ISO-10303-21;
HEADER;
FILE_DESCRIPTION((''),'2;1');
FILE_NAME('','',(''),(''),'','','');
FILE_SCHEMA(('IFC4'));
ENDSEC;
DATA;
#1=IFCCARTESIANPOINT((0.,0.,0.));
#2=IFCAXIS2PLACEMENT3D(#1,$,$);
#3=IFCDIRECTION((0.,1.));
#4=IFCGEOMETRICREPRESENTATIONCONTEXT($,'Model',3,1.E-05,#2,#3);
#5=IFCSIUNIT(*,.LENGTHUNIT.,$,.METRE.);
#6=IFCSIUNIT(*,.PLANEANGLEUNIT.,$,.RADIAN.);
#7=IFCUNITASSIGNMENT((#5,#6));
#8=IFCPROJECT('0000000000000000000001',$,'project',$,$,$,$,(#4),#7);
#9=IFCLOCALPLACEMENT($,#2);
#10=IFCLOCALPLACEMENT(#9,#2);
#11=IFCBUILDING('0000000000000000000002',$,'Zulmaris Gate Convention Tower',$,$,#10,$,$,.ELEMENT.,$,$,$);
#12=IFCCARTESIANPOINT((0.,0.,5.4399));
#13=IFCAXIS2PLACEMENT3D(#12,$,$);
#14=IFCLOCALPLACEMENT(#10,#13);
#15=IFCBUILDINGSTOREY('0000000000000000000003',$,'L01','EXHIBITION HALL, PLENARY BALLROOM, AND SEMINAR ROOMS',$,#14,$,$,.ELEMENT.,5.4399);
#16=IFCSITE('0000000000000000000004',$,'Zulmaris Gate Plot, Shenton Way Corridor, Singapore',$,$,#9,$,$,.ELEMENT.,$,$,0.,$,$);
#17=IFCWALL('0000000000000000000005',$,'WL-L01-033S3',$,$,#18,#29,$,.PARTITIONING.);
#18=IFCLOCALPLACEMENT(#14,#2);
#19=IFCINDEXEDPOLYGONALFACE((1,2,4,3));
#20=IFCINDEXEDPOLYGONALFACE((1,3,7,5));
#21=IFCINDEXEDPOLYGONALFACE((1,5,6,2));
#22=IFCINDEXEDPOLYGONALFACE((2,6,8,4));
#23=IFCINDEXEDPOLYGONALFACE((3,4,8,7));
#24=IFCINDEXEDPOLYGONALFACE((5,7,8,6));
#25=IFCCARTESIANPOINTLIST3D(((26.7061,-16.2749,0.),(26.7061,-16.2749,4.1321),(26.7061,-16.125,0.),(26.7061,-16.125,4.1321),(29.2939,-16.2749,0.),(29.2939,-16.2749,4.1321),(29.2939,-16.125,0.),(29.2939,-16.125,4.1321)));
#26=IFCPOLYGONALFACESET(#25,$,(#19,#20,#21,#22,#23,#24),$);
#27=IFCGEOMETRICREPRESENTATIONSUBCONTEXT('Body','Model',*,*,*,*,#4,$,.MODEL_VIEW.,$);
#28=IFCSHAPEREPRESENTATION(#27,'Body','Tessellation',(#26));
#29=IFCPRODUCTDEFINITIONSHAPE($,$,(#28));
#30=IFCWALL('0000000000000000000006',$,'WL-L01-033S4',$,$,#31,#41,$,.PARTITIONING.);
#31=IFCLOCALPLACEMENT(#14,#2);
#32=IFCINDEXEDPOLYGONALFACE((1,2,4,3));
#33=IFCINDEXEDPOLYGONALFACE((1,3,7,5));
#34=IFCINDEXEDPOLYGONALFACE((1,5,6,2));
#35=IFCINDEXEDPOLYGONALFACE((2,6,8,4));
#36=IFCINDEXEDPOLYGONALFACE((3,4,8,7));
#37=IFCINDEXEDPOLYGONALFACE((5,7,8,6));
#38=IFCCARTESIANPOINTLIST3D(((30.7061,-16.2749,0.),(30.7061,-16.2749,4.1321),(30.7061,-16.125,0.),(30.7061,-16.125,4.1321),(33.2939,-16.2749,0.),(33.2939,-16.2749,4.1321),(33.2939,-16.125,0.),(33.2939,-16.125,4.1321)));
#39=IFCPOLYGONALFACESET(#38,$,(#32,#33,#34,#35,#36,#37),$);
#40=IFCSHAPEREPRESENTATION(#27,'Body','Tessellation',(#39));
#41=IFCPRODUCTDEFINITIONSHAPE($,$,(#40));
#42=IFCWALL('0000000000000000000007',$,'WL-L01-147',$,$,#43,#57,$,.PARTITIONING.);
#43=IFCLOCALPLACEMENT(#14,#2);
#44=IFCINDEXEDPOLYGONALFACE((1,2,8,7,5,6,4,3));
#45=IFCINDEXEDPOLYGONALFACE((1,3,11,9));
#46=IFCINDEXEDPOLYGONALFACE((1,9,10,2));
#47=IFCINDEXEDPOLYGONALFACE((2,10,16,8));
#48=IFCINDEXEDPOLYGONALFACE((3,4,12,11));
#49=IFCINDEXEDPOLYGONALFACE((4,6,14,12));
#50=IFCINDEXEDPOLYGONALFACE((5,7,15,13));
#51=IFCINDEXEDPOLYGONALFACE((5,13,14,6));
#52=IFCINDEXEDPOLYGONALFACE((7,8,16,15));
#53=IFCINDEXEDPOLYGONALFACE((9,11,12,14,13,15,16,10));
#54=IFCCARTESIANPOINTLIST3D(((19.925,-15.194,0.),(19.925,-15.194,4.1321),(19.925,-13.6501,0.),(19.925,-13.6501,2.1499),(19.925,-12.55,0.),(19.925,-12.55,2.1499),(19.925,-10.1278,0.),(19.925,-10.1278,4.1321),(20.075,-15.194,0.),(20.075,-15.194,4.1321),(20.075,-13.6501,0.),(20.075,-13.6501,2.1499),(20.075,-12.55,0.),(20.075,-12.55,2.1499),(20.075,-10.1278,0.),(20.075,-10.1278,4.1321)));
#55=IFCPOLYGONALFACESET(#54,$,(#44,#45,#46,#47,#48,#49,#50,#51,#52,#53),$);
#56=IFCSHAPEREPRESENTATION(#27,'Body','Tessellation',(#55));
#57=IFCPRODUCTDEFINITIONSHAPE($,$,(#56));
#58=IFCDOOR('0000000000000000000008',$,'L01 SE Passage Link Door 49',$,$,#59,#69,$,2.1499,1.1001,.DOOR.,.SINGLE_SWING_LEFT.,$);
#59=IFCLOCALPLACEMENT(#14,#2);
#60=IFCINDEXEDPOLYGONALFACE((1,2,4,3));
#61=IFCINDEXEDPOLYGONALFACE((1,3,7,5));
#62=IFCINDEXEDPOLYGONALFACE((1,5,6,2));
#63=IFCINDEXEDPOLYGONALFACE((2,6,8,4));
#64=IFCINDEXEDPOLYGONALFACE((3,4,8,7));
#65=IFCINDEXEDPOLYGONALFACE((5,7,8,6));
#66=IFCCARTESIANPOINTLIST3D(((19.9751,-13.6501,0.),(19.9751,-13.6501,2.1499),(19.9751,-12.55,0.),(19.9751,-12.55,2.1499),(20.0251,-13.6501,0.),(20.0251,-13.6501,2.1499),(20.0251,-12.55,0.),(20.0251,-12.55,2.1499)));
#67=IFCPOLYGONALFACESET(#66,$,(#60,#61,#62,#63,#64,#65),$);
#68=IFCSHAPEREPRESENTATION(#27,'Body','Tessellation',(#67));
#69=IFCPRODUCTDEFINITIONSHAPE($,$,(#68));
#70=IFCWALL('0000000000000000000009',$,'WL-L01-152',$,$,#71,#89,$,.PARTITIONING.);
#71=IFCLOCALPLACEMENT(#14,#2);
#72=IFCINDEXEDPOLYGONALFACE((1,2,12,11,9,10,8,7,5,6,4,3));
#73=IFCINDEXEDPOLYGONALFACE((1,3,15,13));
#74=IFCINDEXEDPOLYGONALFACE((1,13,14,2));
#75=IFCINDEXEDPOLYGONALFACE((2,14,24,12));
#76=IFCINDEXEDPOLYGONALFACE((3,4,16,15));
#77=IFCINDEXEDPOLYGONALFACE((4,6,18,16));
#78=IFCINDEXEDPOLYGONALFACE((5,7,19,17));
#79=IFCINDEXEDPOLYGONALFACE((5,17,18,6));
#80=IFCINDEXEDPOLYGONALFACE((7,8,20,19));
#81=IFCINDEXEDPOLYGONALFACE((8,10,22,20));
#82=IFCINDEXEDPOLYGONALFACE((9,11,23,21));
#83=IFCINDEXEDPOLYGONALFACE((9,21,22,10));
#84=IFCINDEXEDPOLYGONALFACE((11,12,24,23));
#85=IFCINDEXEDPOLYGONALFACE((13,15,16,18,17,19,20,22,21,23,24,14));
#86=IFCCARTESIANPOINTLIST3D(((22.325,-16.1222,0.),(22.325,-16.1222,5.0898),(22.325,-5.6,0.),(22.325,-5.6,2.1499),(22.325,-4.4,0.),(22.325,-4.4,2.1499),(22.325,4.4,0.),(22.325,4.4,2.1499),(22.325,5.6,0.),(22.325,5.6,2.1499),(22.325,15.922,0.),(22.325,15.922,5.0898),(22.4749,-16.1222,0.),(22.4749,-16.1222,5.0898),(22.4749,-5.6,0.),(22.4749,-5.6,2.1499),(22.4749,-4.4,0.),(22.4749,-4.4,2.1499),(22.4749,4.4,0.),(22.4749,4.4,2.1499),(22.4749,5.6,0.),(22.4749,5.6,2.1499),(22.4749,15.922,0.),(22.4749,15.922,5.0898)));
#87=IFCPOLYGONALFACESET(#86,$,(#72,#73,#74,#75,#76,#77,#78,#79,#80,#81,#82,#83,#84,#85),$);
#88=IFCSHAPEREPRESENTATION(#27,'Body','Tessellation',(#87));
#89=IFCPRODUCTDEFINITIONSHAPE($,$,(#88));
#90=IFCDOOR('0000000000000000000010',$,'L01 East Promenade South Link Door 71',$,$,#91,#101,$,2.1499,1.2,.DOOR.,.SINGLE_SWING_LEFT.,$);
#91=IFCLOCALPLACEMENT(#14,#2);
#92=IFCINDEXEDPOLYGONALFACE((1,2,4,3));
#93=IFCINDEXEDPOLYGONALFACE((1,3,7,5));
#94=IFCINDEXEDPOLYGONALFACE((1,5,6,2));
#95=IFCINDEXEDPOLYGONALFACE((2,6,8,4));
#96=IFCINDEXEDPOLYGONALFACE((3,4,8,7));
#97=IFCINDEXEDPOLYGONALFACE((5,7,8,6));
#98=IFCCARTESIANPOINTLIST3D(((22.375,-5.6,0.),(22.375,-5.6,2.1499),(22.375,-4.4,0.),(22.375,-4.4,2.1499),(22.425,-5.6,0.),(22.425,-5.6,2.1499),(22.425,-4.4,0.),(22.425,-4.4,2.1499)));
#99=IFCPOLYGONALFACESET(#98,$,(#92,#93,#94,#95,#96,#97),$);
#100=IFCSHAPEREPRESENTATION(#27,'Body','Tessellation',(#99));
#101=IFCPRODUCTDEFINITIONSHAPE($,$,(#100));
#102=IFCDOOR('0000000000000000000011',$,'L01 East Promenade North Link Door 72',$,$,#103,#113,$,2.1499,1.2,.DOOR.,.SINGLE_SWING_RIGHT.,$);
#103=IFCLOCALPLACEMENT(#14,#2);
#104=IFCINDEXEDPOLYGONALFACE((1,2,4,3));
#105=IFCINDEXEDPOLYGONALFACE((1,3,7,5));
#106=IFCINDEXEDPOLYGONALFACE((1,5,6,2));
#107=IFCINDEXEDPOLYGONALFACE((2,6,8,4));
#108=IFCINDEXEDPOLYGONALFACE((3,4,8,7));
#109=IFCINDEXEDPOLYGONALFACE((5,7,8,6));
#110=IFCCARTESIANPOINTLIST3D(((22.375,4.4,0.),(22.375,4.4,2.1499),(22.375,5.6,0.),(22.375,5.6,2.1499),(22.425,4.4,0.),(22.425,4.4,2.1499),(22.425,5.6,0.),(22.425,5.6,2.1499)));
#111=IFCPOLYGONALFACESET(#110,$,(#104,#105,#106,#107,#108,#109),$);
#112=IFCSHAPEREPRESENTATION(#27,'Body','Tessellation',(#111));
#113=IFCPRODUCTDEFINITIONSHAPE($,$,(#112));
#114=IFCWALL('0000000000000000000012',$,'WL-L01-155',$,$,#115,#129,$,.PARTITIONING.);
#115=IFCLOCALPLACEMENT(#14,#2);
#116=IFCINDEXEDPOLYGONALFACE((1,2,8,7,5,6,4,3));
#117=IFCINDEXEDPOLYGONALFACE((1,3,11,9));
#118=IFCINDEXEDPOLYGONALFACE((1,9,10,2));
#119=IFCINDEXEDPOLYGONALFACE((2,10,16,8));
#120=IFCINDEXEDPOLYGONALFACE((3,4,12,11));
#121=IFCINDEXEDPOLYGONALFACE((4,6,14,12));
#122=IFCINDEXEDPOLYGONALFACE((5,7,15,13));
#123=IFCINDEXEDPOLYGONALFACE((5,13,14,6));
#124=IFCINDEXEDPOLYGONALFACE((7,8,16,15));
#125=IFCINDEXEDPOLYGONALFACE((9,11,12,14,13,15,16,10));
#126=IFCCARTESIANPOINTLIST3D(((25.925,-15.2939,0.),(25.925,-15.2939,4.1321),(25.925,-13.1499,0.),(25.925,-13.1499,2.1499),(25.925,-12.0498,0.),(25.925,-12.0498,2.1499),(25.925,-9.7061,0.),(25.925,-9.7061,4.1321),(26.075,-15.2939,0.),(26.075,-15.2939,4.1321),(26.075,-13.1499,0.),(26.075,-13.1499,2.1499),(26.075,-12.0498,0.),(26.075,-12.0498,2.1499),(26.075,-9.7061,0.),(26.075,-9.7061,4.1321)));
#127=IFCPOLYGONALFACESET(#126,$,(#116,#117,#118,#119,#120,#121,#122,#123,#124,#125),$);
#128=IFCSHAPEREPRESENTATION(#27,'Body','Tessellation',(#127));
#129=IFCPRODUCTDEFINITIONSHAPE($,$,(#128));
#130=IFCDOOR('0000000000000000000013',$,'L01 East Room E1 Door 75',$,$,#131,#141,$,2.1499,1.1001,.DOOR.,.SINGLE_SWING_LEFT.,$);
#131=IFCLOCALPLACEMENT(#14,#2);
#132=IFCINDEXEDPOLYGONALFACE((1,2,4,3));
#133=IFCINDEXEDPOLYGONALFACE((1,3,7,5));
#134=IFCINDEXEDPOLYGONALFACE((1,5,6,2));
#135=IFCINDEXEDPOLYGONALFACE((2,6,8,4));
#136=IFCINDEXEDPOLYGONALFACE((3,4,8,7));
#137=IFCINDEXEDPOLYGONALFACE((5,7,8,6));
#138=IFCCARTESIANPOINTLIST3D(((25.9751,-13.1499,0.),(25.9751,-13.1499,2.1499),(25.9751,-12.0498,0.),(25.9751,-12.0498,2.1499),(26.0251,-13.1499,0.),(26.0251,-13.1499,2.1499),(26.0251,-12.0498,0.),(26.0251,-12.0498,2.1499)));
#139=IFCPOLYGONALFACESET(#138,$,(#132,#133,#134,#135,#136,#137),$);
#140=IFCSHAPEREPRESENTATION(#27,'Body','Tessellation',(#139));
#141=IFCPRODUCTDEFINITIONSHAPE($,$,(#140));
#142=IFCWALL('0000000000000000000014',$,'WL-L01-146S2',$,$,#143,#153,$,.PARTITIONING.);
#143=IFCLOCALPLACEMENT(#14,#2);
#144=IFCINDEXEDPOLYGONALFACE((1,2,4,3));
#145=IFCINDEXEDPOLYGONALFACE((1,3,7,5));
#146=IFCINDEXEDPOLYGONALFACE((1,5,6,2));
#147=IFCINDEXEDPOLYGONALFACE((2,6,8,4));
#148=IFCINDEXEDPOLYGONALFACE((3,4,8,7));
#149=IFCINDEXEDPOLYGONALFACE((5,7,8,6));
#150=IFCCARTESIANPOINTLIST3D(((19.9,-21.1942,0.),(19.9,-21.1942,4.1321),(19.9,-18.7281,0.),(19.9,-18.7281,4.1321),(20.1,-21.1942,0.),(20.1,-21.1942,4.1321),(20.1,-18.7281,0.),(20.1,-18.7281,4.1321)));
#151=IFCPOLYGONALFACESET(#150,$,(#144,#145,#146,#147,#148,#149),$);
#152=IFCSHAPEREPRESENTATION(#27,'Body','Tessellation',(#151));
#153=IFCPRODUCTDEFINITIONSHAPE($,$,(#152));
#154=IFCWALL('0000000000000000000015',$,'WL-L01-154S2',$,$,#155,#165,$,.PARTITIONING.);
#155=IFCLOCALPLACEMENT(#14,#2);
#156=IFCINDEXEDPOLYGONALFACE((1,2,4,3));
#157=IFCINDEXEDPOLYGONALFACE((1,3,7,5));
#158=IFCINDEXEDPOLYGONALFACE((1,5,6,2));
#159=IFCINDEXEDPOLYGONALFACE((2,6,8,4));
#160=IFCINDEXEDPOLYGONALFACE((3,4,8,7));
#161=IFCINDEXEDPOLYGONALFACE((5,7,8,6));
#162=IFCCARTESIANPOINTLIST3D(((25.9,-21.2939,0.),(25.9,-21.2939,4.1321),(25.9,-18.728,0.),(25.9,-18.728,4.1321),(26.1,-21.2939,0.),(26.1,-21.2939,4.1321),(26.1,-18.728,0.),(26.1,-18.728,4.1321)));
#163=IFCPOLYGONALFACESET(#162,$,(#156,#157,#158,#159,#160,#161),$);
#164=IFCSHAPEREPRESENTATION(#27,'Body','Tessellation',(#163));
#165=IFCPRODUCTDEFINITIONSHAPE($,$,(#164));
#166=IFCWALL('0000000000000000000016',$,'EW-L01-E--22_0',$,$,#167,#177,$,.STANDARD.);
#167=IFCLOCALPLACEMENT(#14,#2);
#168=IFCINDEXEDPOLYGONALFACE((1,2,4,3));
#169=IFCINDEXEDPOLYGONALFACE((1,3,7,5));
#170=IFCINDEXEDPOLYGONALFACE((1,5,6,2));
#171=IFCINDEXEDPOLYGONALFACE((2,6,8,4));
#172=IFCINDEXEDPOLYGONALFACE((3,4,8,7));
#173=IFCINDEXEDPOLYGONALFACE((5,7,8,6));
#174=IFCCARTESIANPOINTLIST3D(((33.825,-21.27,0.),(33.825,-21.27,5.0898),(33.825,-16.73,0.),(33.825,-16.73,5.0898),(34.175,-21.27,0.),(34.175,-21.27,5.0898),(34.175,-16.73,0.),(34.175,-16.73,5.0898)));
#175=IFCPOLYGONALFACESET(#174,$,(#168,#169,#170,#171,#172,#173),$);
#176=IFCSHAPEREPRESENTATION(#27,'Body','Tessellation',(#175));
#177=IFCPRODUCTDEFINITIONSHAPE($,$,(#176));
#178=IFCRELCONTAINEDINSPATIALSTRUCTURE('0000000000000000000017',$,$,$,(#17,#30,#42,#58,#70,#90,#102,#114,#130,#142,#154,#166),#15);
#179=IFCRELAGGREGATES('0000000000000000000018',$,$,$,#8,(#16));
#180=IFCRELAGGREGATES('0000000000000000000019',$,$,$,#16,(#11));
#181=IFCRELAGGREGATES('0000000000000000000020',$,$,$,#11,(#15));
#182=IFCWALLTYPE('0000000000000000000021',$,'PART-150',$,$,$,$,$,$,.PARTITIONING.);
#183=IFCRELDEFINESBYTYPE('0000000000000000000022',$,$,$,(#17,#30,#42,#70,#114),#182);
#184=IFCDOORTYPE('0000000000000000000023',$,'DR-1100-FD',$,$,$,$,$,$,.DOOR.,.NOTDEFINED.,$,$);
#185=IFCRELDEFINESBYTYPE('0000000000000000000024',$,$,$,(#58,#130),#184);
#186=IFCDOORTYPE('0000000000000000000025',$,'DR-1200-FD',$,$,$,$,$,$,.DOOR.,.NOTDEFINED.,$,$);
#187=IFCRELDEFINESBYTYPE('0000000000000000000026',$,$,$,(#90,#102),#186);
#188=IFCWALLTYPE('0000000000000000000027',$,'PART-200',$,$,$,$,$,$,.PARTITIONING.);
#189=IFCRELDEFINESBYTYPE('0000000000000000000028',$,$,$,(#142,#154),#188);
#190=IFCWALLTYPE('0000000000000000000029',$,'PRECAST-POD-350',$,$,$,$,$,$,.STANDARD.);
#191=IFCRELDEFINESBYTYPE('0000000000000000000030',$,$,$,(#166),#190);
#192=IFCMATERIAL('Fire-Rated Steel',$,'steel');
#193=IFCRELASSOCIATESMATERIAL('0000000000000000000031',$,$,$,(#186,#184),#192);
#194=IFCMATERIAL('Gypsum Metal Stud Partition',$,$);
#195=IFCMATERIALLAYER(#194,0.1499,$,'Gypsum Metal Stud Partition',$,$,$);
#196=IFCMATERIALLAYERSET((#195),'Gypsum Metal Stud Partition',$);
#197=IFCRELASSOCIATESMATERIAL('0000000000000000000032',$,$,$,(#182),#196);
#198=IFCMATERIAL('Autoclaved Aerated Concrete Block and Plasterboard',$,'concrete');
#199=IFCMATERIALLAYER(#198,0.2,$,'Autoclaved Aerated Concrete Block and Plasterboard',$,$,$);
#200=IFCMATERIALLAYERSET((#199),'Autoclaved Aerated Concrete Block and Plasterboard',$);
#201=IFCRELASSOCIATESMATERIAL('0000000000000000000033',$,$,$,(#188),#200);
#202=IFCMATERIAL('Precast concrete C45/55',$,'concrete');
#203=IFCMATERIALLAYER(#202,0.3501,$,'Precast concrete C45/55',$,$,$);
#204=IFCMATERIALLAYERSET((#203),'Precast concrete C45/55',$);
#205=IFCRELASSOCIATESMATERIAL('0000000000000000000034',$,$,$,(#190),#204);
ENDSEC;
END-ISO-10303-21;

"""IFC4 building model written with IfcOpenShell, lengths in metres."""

from ifc_helpers import new_model, si_unit, direction, frame, frame_2d, origin, place, context, subcontext, project, spatial, rectangle, extrude, material, layer, layer_set, type_object, element, fill, save


model = new_model("IFC4")

# Units and contexts
model_context = context("Model", 3, precision=1e-05, world=origin(), true_north=direction((0.0, 1.0)))
body_context = subcontext(model_context, "Body", "Model", "MODEL_VIEW")
ifc_project = project(units=[si_unit("LENGTHUNIT", "METRE"), si_unit("PLANEANGLEUNIT", "RADIAN")], contexts=[model_context])

# Site, building, storey
site_placement = place(None, origin())
site = spatial("IfcSite", under=ifc_project, at=site_placement, Name="Zulmaris Gate Plot, Shenton Way Corridor, Singapore", CompositionType="ELEMENT", RefElevation=0.0)
building_placement = place(site_placement, origin())
building = spatial("IfcBuilding", under=site, at=building_placement, Name="Zulmaris Gate Convention Tower", CompositionType="ELEMENT")
storey_placement = place(building_placement, frame((0.0, 0.0, 5.4399)))
storey = spatial("IfcBuildingStorey", under=building, at=storey_placement, Name="L01", Description="EXHIBITION HALL, PLENARY BALLROOM, AND SEMINAR ROOMS", CompositionType="ELEMENT", Elevation=5.4399)

# Shared definitions
ifc_material_1 = material(Name="Fire-Rated Steel", Category="steel")
door_type_1 = type_object("IfcDoorType", Name="DR-1200-FD", OperationType="NOTDEFINED", PredefinedType="DOOR", material=ifc_material_1)

# Shared definitions
ifc_material_2 = material(Name="Gypsum Metal Stud Partition")
ifc_layer_1 = layer(ifc_material_2, 0.1499, Name="Gypsum Metal Stud Partition")
ifc_layer_set_1 = layer_set([ifc_layer_1], Name="Gypsum Metal Stud Partition")
wall_type_1 = type_object("IfcWallType", Name="PART-150", PredefinedType="PARTITIONING", material=ifc_layer_set_1)
door_type_2 = type_object("IfcDoorType", Name="DR-1100-FD", OperationType="NOTDEFINED", PredefinedType="DOOR", material=ifc_material_1)

# Walls
for number, where, z_axis, x_axis, name in (
    (1, (26.7061, -16.2, 0.0), (0.0, 0.0, 1.0), (1.0, 0.0, 0.0), "WL-L01-033S3"),
    (2, (30.7061, -16.2, 0.0), (0.0, 0.0, 1.0), (1.0, 0.0, 0.0), "WL-L01-033S4"),
):
    element("IfcWall", number, at=place(storey_placement, frame(where, z_axis=z_axis, x_axis=x_axis)), inside=storey, type_object=wall_type_1, Name=name, PredefinedType="PARTITIONING", context=body_context, shape_type="SweptSolid", body=[
        extrude(rectangle(XDim=2.5879, YDim=0.1499, at=frame_2d((1.2939, 0.0))), origin(), (0.0, 0.0, 1.0), 4.1321),
    ])

# Wall, opening, door
wall_1_placement = place(storey_placement, frame((20.0, -15.1941, 0.0), z_axis=(0.0, 0.0, 1.0), x_axis=(0.0, 1.0, 0.0)))
wall_1 = element("IfcWall", 3, at=wall_1_placement, inside=storey, type_object=wall_type_1, Name="WL-L01-147", PredefinedType="PARTITIONING", context=body_context, shape_type="SweptSolid", body=[
    extrude(rectangle(XDim=5.0662, YDim=0.1499, at=frame_2d((2.5332, 0.0))), origin(), (0.0, 0.0, 1.0), 4.1321),
])
opening_1_placement = place(wall_1_placement, frame((1.5439, 0.0, 0.0)))
opening_1 = element("IfcOpeningElement", 4, at=opening_1_placement, cuts=wall_1, PredefinedType="OPENING", context=body_context, shape_type="SweptSolid", body=[
    extrude(rectangle(XDim=1.1001, YDim=2.1499, at=frame_2d((0.55, 1.075))), frame((0.0, 0.085, 0.0), z_axis=(0.0, -1.0, 0.0), x_axis=(1.0, 0.0, 0.0)), (0.0, 0.0, 1.0), 0.1699),
])
door_1_placement = place(opening_1_placement, origin())
door_1 = element("IfcDoor", 5, at=door_1_placement, inside=storey, type_object=door_type_2, Name="L01 SE Passage Link Door 49", OperationType="SINGLE_SWING_LEFT", OverallHeight=2.1499, OverallWidth=1.1001, PredefinedType="DOOR", context=body_context, shape_type="SweptSolid", body=[
    extrude(rectangle(XDim=1.1001, YDim=2.1499, at=frame_2d((0.55, 1.075))), frame((0.0, 0.0249, 0.0), z_axis=(0.0, -1.0, 0.0), x_axis=(1.0, 0.0, 0.0)), (0.0, 0.0, 1.0), 0.05),
])
fill(opening_1, door_1)

# Wall, openings, doors
wall_2_placement = place(storey_placement, frame((22.3999, -16.1221, 0.0), z_axis=(0.0, 0.0, 1.0), x_axis=(0.0, 1.0, 0.0)))
wall_2 = element("IfcWall", 6, at=wall_2_placement, inside=storey, type_object=wall_type_1, Name="WL-L01-152", PredefinedType="PARTITIONING", context=body_context, shape_type="SweptSolid", body=[
    extrude(rectangle(XDim=32.0442, YDim=0.1499, at=frame_2d((16.022, 0.0))), origin(), (0.0, 0.0, 1.0), 5.0898),
])
opening_2_placement = place(wall_2_placement, frame((10.522, 0.0, 0.0)))
opening_2 = element("IfcOpeningElement", 7, at=opening_2_placement, cuts=wall_2, PredefinedType="OPENING", context=body_context, shape_type="SweptSolid", body=[
    extrude(rectangle(XDim=1.2, YDim=2.1499, at=frame_2d((0.6001, 1.075))), frame((0.0, 0.085, 0.0), z_axis=(0.0, -1.0, 0.0), x_axis=(1.0, 0.0, 0.0)), (0.0, 0.0, 1.0), 0.1699),
])
opening_3_placement = place(wall_2_placement, frame((20.522, 0.0, 0.0)))
opening_3 = element("IfcOpeningElement", 8, at=opening_3_placement, cuts=wall_2, PredefinedType="OPENING", context=body_context, shape_type="SweptSolid", body=[
    extrude(rectangle(XDim=1.2, YDim=2.1499, at=frame_2d((0.6001, 1.075))), frame((0.0, 0.085, 0.0), z_axis=(0.0, -1.0, 0.0), x_axis=(1.0, 0.0, 0.0)), (0.0, 0.0, 1.0), 0.1699),
])
door_2_placement = place(opening_2_placement, origin())
door_2 = element("IfcDoor", 9, at=door_2_placement, inside=storey, type_object=door_type_1, Name="L01 East Promenade South Link Door 71", OperationType="SINGLE_SWING_LEFT", OverallHeight=2.1499, OverallWidth=1.2, PredefinedType="DOOR", context=body_context, shape_type="SweptSolid", body=[
    extrude(rectangle(XDim=1.2, YDim=2.1499, at=frame_2d((0.6001, 1.075))), frame((0.0, 0.0249, 0.0), z_axis=(0.0, -1.0, 0.0), x_axis=(1.0, 0.0, 0.0)), (0.0, 0.0, 1.0), 0.05),
])
fill(opening_2, door_2)
door_3_placement = place(opening_3_placement, origin())
door_3 = element("IfcDoor", 10, at=door_3_placement, inside=storey, type_object=door_type_1, Name="L01 East Promenade North Link Door 72", OperationType="SINGLE_SWING_RIGHT", OverallHeight=2.1499, OverallWidth=1.2, PredefinedType="DOOR", context=body_context, shape_type="SweptSolid", body=[
    extrude(rectangle(XDim=1.2, YDim=2.1499, at=frame_2d((0.6001, 1.075))), frame((0.0, 0.0249, 0.0), z_axis=(0.0, -1.0, 0.0), x_axis=(1.0, 0.0, 0.0)), (0.0, 0.0, 1.0), 0.05),
])
fill(opening_3, door_3)

# Wall, opening, door
wall_3_placement = place(storey_placement, frame((26.0, -15.2939, 0.0), z_axis=(0.0, 0.0, 1.0), x_axis=(0.0, 1.0, 0.0)))
wall_3 = element("IfcWall", 11, at=wall_3_placement, inside=storey, type_object=wall_type_1, Name="WL-L01-155", PredefinedType="PARTITIONING", context=body_context, shape_type="SweptSolid", body=[
    extrude(rectangle(XDim=5.5879, YDim=0.1499, at=frame_2d((2.7939, 0.0))), origin(), (0.0, 0.0, 1.0), 4.1321),
])
opening_4_placement = place(wall_3_placement, frame((2.144, 0.0, 0.0)))
opening_4 = element("IfcOpeningElement", 12, at=opening_4_placement, cuts=wall_3, PredefinedType="OPENING", context=body_context, shape_type="SweptSolid", body=[
    extrude(rectangle(XDim=1.1001, YDim=2.1499, at=frame_2d((0.55, 1.075))), frame((0.0, 0.085, 0.0), z_axis=(0.0, -1.0, 0.0), x_axis=(1.0, 0.0, 0.0)), (0.0, 0.0, 1.0), 0.1699),
])
door_4_placement = place(opening_4_placement, origin())
door_4 = element("IfcDoor", 13, at=door_4_placement, inside=storey, type_object=door_type_2, Name="L01 East Room E1 Door 75", OperationType="SINGLE_SWING_LEFT", OverallHeight=2.1499, OverallWidth=1.1001, PredefinedType="DOOR", context=body_context, shape_type="SweptSolid", body=[
    extrude(rectangle(XDim=1.1001, YDim=2.1499, at=frame_2d((0.55, 1.075))), frame((0.0, 0.0249, 0.0), z_axis=(0.0, -1.0, 0.0), x_axis=(1.0, 0.0, 0.0)), (0.0, 0.0, 1.0), 0.05),
])
fill(opening_4, door_4)

# Walls
ifc_material_3 = material(Name="Autoclaved Aerated Concrete Block and Plasterboard", Category="concrete")
ifc_layer_2 = layer(ifc_material_3, 0.2, Name="Autoclaved Aerated Concrete Block and Plasterboard")
ifc_layer_set_2 = layer_set([ifc_layer_2], Name="Autoclaved Aerated Concrete Block and Plasterboard")
wall_type_2 = type_object("IfcWallType", Name="PART-200", PredefinedType="PARTITIONING", material=ifc_layer_set_2)
wall_4_placement = place(storey_placement, frame((20.0, -21.1941, 0.0), z_axis=(0.0, 0.0, 1.0), x_axis=(0.0, 1.0, 0.0)))
element("IfcWall", 14, at=wall_4_placement, inside=storey, type_object=wall_type_2, Name="WL-L01-146S2", PredefinedType="PARTITIONING", context=body_context, shape_type="SweptSolid", body=[
    extrude(rectangle(XDim=2.4661, YDim=0.2, at=frame_2d((1.2329, 0.0))), origin(), (0.0, 0.0, 1.0), 4.1321),
])
wall_5_placement = place(storey_placement, frame((26.0, -21.2939, 0.0), z_axis=(0.0, 0.0, 1.0), x_axis=(0.0, 1.0, 0.0)))
element("IfcWall", 15, at=wall_5_placement, inside=storey, type_object=wall_type_2, Name="WL-L01-154S2", PredefinedType="PARTITIONING", context=body_context, shape_type="SweptSolid", body=[
    extrude(rectangle(XDim=2.5659, YDim=0.2, at=frame_2d((1.283, 0.0))), origin(), (0.0, 0.0, 1.0), 4.1321),
])
ifc_material_4 = material(Name="Precast concrete C45/55", Category="concrete")
ifc_layer_3 = layer(ifc_material_4, 0.3501, Name="Precast concrete C45/55")
ifc_layer_set_3 = layer_set([ifc_layer_3], Name="Precast concrete C45/55")
wall_type_3 = type_object("IfcWallType", Name="PRECAST-POD-350", PredefinedType="STANDARD", material=ifc_layer_set_3)
wall_6_placement = place(storey_placement, frame((34.0, -16.73, 0.0), z_axis=(0.0, 0.0, 1.0), x_axis=(0.0, -1.0, 0.0)))
element("IfcWall", 16, at=wall_6_placement, inside=storey, type_object=wall_type_3, Name="EW-L01-E--22_0", PredefinedType="STANDARD", context=body_context, shape_type="SweptSolid", body=[
    extrude(rectangle(XDim=4.54, YDim=0.3501, at=frame_2d((2.27, 0.0))), origin(), (0.0, 0.0, 1.0), 5.0898),
])

save(model, "model.ifc")
